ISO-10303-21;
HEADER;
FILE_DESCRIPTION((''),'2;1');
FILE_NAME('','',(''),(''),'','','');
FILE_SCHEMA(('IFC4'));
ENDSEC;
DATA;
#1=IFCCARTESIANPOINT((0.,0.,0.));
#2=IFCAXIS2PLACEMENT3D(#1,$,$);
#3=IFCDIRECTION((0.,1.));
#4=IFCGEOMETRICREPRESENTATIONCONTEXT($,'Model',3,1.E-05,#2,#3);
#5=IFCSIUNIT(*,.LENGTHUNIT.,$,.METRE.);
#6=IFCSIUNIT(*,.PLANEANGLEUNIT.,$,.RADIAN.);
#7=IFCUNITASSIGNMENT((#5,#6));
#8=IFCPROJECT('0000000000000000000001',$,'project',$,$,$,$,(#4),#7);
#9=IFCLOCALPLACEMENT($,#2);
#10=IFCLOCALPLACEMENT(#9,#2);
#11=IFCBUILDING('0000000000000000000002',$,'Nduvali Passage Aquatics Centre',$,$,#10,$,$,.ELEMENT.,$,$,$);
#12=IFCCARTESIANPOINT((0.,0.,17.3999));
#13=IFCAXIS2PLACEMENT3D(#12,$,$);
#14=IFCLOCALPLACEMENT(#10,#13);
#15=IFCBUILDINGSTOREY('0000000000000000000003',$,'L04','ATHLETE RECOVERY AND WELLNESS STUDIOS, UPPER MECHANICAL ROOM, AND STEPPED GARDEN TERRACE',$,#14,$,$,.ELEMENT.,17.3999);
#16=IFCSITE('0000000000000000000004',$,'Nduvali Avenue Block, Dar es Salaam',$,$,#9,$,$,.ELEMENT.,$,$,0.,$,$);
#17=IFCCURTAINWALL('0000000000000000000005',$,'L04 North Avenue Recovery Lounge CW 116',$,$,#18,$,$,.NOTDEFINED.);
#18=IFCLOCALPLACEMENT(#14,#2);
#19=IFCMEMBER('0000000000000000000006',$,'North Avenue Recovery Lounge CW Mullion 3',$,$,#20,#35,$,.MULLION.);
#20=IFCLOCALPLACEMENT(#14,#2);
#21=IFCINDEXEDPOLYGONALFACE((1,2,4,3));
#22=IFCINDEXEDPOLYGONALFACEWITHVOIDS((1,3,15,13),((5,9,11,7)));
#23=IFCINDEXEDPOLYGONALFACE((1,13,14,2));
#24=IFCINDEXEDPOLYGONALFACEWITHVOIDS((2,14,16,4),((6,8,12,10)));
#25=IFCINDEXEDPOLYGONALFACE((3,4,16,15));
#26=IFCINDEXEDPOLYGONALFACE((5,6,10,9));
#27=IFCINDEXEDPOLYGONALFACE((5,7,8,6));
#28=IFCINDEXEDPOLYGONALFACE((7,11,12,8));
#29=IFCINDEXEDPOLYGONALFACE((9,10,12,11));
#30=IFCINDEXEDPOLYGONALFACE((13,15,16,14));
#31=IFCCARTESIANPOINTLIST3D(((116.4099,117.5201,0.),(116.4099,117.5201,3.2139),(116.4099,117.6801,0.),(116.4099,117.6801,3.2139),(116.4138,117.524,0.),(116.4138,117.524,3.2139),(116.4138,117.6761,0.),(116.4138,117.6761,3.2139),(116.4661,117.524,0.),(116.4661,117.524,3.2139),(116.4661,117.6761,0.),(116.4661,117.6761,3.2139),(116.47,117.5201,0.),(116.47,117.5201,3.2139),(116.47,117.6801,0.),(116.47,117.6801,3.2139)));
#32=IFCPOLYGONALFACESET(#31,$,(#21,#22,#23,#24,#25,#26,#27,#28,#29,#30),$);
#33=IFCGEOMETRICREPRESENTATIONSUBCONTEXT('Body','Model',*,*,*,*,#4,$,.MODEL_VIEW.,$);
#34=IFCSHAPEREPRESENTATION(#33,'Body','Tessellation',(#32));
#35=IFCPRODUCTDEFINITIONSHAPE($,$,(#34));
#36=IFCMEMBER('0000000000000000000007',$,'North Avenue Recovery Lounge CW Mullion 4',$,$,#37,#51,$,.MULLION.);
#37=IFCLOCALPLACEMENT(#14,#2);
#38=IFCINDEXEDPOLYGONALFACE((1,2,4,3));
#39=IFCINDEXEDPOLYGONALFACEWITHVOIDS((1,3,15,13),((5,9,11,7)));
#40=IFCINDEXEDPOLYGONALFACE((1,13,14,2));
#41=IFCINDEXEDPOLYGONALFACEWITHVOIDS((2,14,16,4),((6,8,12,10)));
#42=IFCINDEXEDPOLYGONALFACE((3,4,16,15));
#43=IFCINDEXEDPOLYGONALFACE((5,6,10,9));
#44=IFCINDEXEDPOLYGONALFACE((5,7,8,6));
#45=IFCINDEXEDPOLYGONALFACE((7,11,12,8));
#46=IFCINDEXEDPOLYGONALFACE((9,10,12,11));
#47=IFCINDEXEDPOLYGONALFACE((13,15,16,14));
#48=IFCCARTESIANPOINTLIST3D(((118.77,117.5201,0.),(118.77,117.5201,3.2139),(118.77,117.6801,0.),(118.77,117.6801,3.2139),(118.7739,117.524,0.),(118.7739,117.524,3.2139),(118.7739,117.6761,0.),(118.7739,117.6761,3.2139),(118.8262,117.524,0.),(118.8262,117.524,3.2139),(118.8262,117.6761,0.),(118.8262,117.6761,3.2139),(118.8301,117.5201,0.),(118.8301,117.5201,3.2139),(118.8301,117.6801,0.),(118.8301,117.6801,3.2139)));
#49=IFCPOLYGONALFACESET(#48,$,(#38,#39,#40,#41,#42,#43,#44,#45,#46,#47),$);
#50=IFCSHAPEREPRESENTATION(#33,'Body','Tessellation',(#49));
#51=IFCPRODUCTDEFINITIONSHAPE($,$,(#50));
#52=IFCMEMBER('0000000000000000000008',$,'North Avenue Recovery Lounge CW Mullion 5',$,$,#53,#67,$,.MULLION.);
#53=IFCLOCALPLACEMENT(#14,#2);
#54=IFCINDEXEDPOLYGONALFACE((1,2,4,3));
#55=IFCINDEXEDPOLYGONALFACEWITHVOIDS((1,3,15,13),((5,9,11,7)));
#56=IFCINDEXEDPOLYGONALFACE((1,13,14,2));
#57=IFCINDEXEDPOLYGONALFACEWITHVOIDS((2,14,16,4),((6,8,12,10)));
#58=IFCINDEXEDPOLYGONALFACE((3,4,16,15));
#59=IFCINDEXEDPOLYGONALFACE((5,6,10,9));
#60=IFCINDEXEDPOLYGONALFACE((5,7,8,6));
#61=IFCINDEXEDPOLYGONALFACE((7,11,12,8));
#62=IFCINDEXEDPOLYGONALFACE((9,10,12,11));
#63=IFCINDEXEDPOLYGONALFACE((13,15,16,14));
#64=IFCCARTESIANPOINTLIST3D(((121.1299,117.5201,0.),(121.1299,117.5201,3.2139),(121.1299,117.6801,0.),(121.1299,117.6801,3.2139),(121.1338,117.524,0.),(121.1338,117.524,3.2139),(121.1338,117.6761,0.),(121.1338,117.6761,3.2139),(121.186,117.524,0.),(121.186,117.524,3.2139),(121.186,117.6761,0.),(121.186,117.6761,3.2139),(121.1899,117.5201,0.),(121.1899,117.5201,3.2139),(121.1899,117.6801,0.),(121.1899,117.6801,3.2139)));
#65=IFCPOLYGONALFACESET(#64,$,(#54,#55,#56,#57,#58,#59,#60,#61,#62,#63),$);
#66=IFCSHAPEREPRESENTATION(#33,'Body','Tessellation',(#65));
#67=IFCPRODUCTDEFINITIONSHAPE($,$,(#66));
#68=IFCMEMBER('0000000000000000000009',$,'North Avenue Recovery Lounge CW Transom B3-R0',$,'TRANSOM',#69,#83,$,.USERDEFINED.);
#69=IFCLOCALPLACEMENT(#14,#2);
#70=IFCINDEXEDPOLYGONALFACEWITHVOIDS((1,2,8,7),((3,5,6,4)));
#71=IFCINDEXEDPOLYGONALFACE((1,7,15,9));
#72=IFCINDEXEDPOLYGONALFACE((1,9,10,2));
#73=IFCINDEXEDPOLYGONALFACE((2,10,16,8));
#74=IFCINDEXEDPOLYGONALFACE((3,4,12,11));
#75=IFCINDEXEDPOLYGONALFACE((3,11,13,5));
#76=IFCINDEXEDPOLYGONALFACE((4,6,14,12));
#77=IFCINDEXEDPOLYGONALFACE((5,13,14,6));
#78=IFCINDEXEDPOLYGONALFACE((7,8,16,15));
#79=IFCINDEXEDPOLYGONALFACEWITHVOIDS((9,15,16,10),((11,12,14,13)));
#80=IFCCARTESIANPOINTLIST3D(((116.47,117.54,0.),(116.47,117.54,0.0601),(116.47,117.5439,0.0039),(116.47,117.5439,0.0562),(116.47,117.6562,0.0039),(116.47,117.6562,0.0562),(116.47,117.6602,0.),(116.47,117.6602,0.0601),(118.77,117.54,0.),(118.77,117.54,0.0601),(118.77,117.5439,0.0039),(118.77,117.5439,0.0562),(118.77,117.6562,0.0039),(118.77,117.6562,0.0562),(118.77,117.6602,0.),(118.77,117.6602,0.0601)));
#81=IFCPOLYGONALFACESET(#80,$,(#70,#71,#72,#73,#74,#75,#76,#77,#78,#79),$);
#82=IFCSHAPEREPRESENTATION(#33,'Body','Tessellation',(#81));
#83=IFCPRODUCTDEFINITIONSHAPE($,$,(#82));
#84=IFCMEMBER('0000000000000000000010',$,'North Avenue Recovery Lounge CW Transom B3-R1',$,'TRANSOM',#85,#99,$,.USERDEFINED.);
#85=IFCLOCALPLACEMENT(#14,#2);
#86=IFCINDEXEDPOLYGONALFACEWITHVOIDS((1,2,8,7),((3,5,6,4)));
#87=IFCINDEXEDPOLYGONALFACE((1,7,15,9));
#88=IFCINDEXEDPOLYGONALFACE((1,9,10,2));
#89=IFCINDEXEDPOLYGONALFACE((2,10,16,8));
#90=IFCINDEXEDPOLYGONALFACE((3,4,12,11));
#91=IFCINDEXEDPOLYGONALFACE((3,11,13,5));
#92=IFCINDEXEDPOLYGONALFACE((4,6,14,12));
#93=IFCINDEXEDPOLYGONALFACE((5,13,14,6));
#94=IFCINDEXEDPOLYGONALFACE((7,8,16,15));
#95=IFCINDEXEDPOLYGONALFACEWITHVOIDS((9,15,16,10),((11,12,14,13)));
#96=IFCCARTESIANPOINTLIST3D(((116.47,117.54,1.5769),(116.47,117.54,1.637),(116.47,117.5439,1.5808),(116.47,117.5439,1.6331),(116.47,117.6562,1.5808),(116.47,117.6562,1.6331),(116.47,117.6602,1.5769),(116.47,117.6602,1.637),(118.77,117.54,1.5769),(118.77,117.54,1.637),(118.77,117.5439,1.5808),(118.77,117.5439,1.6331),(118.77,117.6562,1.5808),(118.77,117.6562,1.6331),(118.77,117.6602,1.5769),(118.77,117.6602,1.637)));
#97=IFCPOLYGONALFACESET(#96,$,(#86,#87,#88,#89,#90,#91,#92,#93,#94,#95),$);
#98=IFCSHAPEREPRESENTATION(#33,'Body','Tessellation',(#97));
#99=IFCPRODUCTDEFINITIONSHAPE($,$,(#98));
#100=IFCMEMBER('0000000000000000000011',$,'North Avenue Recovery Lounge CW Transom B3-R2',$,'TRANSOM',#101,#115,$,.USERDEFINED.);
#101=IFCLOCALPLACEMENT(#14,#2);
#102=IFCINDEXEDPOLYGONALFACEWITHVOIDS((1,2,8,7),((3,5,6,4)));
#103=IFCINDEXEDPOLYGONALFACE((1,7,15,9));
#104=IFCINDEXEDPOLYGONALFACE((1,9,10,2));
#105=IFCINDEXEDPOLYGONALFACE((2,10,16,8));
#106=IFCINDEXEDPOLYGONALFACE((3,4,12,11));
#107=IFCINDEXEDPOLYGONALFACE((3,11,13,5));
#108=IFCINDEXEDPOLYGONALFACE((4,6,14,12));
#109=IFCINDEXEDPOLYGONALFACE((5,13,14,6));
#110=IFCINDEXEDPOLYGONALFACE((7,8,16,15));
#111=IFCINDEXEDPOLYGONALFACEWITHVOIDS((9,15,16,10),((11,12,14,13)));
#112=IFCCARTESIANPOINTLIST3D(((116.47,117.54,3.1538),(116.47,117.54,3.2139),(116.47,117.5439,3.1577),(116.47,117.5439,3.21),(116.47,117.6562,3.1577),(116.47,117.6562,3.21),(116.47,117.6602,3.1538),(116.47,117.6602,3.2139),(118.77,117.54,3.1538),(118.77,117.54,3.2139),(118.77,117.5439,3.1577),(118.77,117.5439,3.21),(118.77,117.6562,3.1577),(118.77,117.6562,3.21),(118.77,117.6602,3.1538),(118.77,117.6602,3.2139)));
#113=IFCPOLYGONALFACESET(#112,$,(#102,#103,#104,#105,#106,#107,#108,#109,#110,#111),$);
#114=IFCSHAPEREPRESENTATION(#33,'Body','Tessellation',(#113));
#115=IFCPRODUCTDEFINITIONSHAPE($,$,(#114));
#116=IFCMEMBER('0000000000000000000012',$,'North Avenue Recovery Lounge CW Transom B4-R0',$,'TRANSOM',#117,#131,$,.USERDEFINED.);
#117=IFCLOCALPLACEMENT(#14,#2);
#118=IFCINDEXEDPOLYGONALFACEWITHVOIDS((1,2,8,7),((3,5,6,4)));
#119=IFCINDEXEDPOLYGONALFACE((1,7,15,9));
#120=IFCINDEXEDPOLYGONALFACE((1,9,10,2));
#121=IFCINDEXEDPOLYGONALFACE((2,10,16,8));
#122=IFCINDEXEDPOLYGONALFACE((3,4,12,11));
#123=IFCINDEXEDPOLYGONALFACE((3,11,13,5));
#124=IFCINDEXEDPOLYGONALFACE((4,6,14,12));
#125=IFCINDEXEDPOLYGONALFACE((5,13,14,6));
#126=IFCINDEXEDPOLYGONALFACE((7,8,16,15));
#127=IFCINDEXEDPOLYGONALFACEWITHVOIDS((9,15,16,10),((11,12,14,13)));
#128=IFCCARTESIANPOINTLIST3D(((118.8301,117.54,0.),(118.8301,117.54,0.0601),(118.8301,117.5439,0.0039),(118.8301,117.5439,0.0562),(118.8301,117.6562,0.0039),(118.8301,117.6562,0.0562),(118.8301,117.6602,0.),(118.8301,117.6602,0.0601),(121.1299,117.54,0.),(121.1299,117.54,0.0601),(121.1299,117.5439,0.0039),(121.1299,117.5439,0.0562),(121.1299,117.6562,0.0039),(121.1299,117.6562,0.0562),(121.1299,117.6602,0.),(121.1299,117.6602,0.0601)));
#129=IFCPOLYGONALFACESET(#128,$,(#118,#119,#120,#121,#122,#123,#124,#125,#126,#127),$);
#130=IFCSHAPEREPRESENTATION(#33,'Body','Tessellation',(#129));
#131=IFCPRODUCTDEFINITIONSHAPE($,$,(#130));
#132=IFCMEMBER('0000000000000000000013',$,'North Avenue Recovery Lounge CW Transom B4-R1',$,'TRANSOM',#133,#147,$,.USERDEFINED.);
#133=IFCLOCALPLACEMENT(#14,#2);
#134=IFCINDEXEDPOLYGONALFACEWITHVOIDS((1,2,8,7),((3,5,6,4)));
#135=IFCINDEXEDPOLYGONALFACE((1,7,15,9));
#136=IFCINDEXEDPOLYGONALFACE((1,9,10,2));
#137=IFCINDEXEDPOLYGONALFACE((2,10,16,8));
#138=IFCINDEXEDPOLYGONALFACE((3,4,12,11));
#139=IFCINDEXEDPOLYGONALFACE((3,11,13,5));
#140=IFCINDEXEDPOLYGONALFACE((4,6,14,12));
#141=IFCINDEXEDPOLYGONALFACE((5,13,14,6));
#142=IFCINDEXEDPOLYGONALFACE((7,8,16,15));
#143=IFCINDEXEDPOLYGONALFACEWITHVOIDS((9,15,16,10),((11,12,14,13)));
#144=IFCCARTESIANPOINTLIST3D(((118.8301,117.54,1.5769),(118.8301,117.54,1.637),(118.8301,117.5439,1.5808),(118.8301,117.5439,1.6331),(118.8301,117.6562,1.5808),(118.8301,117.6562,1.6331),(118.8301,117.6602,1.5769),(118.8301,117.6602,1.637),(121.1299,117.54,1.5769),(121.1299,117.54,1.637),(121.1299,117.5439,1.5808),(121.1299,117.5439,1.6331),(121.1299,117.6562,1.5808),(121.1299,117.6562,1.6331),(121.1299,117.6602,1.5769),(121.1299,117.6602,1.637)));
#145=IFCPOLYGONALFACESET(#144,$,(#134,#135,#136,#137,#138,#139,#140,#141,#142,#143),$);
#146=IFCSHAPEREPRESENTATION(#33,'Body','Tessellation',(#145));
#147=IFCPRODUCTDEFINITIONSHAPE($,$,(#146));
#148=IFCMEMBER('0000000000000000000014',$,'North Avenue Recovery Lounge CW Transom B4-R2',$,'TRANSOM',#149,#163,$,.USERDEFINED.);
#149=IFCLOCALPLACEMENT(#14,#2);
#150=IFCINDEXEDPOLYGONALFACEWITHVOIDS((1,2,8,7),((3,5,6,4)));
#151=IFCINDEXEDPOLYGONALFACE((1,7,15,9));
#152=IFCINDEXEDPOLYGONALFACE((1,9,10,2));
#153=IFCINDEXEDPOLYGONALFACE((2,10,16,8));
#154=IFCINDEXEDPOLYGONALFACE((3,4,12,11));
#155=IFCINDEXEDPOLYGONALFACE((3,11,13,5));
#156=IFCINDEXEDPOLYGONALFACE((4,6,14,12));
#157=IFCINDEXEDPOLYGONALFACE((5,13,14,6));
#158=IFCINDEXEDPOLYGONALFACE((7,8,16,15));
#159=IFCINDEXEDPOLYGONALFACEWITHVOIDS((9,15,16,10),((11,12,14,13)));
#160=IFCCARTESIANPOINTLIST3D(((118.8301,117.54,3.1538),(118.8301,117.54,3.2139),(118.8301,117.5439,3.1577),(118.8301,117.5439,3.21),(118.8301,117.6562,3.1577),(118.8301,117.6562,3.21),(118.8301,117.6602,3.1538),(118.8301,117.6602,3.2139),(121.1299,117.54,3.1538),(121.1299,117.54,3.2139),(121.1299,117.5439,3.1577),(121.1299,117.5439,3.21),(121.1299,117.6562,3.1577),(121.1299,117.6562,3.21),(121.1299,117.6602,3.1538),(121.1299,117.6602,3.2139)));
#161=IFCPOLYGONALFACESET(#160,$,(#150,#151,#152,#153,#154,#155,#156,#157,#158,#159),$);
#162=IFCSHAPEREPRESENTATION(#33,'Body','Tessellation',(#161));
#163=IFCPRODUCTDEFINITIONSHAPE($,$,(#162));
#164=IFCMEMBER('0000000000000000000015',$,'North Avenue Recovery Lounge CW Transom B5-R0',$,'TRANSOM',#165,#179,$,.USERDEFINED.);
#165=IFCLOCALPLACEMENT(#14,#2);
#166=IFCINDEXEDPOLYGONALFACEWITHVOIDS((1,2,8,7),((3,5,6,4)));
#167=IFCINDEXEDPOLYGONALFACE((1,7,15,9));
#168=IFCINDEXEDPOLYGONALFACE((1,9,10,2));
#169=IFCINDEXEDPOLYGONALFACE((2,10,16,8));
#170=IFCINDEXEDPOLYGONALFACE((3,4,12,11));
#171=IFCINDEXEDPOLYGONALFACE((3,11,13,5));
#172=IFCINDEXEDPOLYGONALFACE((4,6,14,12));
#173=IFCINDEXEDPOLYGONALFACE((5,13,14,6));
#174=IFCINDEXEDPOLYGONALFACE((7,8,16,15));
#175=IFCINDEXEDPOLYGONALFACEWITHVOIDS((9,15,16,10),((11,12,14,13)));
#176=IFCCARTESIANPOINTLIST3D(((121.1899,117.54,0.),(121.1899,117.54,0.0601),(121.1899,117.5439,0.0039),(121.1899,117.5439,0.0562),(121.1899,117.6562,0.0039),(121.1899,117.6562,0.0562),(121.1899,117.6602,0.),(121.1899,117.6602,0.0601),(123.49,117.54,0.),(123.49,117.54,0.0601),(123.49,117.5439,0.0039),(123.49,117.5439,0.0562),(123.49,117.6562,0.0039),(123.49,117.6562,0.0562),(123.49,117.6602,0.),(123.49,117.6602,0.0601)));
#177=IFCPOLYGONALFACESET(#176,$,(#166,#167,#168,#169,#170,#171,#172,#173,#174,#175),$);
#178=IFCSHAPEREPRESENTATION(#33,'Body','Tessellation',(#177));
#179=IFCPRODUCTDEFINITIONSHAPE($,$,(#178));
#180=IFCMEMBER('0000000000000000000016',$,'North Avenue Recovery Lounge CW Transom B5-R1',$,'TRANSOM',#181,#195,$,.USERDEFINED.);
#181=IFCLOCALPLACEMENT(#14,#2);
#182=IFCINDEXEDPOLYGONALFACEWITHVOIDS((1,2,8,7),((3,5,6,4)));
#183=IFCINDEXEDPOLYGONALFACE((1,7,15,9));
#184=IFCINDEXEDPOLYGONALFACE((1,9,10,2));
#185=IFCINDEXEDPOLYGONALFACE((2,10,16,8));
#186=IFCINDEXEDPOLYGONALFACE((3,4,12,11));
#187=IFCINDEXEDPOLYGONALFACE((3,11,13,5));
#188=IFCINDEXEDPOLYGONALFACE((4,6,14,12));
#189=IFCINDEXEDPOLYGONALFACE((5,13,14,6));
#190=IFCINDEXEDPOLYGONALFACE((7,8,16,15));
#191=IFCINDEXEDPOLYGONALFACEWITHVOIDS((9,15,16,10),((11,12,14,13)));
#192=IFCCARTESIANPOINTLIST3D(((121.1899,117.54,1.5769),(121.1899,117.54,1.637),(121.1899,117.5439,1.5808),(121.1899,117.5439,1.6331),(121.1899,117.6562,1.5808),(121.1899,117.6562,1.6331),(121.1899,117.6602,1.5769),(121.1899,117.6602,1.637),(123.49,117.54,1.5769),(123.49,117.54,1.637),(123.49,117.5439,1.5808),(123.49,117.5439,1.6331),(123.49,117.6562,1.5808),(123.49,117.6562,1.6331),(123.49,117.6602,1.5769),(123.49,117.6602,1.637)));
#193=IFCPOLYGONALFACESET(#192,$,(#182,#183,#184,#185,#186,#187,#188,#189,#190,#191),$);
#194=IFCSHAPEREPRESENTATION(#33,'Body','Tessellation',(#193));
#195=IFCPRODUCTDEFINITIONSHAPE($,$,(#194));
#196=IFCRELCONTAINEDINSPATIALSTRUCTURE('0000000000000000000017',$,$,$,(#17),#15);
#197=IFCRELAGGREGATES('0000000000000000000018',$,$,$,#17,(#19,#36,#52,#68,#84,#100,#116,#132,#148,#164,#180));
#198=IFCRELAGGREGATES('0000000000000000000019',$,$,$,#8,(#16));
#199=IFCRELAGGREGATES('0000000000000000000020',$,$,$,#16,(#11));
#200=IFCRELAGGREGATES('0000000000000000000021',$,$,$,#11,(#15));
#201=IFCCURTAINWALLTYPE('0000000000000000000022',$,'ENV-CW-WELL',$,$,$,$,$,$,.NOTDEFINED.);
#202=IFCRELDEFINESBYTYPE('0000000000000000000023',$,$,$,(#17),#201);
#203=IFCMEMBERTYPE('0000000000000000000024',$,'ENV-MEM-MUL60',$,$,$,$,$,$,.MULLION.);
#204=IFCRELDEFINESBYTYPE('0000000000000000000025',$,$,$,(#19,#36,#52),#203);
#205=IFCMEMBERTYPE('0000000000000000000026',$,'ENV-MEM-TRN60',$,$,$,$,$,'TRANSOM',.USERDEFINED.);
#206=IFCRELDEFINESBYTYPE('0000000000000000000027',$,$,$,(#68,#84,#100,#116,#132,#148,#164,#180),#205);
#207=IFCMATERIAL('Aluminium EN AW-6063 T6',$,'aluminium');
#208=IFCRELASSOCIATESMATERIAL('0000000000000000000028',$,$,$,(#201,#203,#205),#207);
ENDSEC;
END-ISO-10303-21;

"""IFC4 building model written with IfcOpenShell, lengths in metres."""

from ifc_helpers import new_model, si_unit, direction, frame, origin, origin_2d, place, context, subcontext, project, spatial, hollow_rectangle, extrude, material, material_profile, profile_set, type_object, element, aggregate, save


model = new_model("IFC4")

# Units and contexts
model_context = context("Model", 3, precision=1e-05, world=origin(), true_north=direction((0.0, 1.0)))
body_context = subcontext(model_context, "Body", "Model", "MODEL_VIEW")
ifc_project = project(units=[si_unit("LENGTHUNIT", "METRE"), si_unit("PLANEANGLEUNIT", "RADIAN")], contexts=[model_context])

# Site, building, storey
site_placement = place(None, origin())
site = spatial("IfcSite", under=ifc_project, at=site_placement, Name="Nduvali Avenue Block, Dar es Salaam", CompositionType="ELEMENT", RefElevation=0.0)
building_placement = place(site_placement, origin())
building = spatial("IfcBuilding", under=site, at=building_placement, Name="Nduvali Passage Aquatics Centre", CompositionType="ELEMENT")
storey_placement = place(building_placement, frame((0.0, 0.0, 17.3999)))
storey = spatial("IfcBuildingStorey", under=building, at=storey_placement, Name="L04", Description="ATHLETE RECOVERY AND WELLNESS STUDIOS, UPPER MECHANICAL ROOM, AND STEPPED GARDEN TERRACE", CompositionType="ELEMENT", Elevation=17.3999)

# Curtain wall, members
ifc_material_1 = material(Name="Aluminium EN AW-6063 T6", Category="aluminium")
curtain_wall_type = type_object("IfcCurtainWallType", Name="ENV-CW-WELL", PredefinedType="NOTDEFINED", material=ifc_material_1)
curtain_wall_placement = place(storey_placement, origin())
curtain_wall = element("IfcCurtainWall", 1, at=curtain_wall_placement, inside=storey, type_object=curtain_wall_type, Name="L04 North Avenue Recovery Lounge CW 116", PredefinedType="NOTDEFINED")
ifc_material_profile_1 = material_profile(ifc_material_1, hollow_rectangle(XDim=0.0601, YDim=0.1599, WallThickness=0.0039, at=origin_2d()), Name="ALU MULLION 60x160x4")
ifc_profile_set_1 = profile_set([ifc_material_profile_1], Name="Aluminium EN AW-6063 T6")
member_type_1 = type_object("IfcMemberType", Name="ENV-MEM-MUL60", PredefinedType="MULLION", material=ifc_profile_set_1)
member_1_placement = place(storey_placement, frame((116.4399, 117.6001, 0.0), z_axis=(0.0, 0.0, 1.0), x_axis=(1.0, 0.0, 0.0)))
member_1 = element("IfcMember", 2, at=member_1_placement, type_object=member_type_1, Name="North Avenue Recovery Lounge CW Mullion 3", PredefinedType="MULLION", context=body_context, shape_type="SweptSolid", body=[
    extrude(hollow_rectangle(XDim=0.0601, YDim=0.1599, WallThickness=0.0039, at=origin_2d()), origin(), (0.0, 0.0, 1.0), 3.2139),
])
member_2_placement = place(storey_placement, frame((118.8, 117.6001, 0.0), z_axis=(0.0, 0.0, 1.0), x_axis=(1.0, 0.0, 0.0)))
member_2 = element("IfcMember", 3, at=member_2_placement, type_object=member_type_1, Name="North Avenue Recovery Lounge CW Mullion 4", PredefinedType="MULLION", context=body_context, shape_type="SweptSolid", body=[
    extrude(hollow_rectangle(XDim=0.0601, YDim=0.1599, WallThickness=0.0039, at=origin_2d()), origin(), (0.0, 0.0, 1.0), 3.2139),
])
member_3_placement = place(storey_placement, frame((121.1599, 117.6001, 0.0), z_axis=(0.0, 0.0, 1.0), x_axis=(1.0, 0.0, 0.0)))
member_3 = element("IfcMember", 4, at=member_3_placement, type_object=member_type_1, Name="North Avenue Recovery Lounge CW Mullion 5", PredefinedType="MULLION", context=body_context, shape_type="SweptSolid", body=[
    extrude(hollow_rectangle(XDim=0.0601, YDim=0.1599, WallThickness=0.0039, at=origin_2d()), origin(), (0.0, 0.0, 1.0), 3.2139),
])
ifc_material_profile_2 = material_profile(ifc_material_1, hollow_rectangle(XDim=0.1201, YDim=0.0601, WallThickness=0.0039, at=origin_2d()), Name="ALU TRANSOM 120x60x4")
ifc_profile_set_2 = profile_set([ifc_material_profile_2], Name="Aluminium EN AW-6063 T6")
member_type_2 = type_object("IfcMemberType", Name="ENV-MEM-TRN60", ElementType="TRANSOM", PredefinedType="USERDEFINED", material=ifc_profile_set_2)
member_4_placement = place(storey_placement, frame((116.47, 117.6001, 0.03), z_axis=(1.0, 0.0, 0.0), x_axis=(0.0, 1.0, 0.0)))
member_4 = element("IfcMember", 5, at=member_4_placement, type_object=member_type_2, Name="North Avenue Recovery Lounge CW Transom B3-R0", ObjectType="TRANSOM", PredefinedType="USERDEFINED", context=body_context, shape_type="SweptSolid", body=[
    extrude(hollow_rectangle(XDim=0.1201, YDim=0.0601, WallThickness=0.0039, at=origin_2d()), origin(), (0.0, 0.0, 1.0), 2.3),
])
member_5_placement = place(storey_placement, frame((116.47, 117.6001, 1.6069), z_axis=(1.0, 0.0, 0.0), x_axis=(0.0, 1.0, 0.0)))
member_5 = element("IfcMember", 6, at=member_5_placement, type_object=member_type_2, Name="North Avenue Recovery Lounge CW Transom B3-R1", ObjectType="TRANSOM", PredefinedType="USERDEFINED", context=body_context, shape_type="SweptSolid", body=[
    extrude(hollow_rectangle(XDim=0.1201, YDim=0.0601, WallThickness=0.0039, at=origin_2d()), origin(), (0.0, 0.0, 1.0), 2.3),
])
member_6_placement = place(storey_placement, frame((116.47, 117.6001, 3.1838), z_axis=(1.0, 0.0, 0.0), x_axis=(0.0, 1.0, 0.0)))
member_6 = element("IfcMember", 7, at=member_6_placement, type_object=member_type_2, Name="North Avenue Recovery Lounge CW Transom B3-R2", ObjectType="TRANSOM", PredefinedType="USERDEFINED", context=body_context, shape_type="SweptSolid", body=[
    extrude(hollow_rectangle(XDim=0.1201, YDim=0.0601, WallThickness=0.0039, at=origin_2d()), origin(), (0.0, 0.0, 1.0), 2.3),
])
member_7_placement = place(storey_placement, frame((118.8301, 117.6001, 0.03), z_axis=(1.0, 0.0, 0.0), x_axis=(0.0, 1.0, 0.0)))
member_7 = element("IfcMember", 8, at=member_7_placement, type_object=member_type_2, Name="North Avenue Recovery Lounge CW Transom B4-R0", ObjectType="TRANSOM", PredefinedType="USERDEFINED", context=body_context, shape_type="SweptSolid", body=[
    extrude(hollow_rectangle(XDim=0.1201, YDim=0.0601, WallThickness=0.0039, at=origin_2d()), origin(), (0.0, 0.0, 1.0), 2.2998),
])
member_8_placement = place(storey_placement, frame((118.8301, 117.6001, 1.6069), z_axis=(1.0, 0.0, 0.0), x_axis=(0.0, 1.0, 0.0)))
member_8 = element("IfcMember", 9, at=member_8_placement, type_object=member_type_2, Name="North Avenue Recovery Lounge CW Transom B4-R1", ObjectType="TRANSOM", PredefinedType="USERDEFINED", context=body_context, shape_type="SweptSolid", body=[
    extrude(hollow_rectangle(XDim=0.1201, YDim=0.0601, WallThickness=0.0039, at=origin_2d()), origin(), (0.0, 0.0, 1.0), 2.2998),
])
member_9_placement = place(storey_placement, frame((118.8301, 117.6001, 3.1838), z_axis=(1.0, 0.0, 0.0), x_axis=(0.0, 1.0, 0.0)))
member_9 = element("IfcMember", 10, at=member_9_placement, type_object=member_type_2, Name="North Avenue Recovery Lounge CW Transom B4-R2", ObjectType="TRANSOM", PredefinedType="USERDEFINED", context=body_context, shape_type="SweptSolid", body=[
    extrude(hollow_rectangle(XDim=0.1201, YDim=0.0601, WallThickness=0.0039, at=origin_2d()), origin(), (0.0, 0.0, 1.0), 2.2998),
])
member_10_placement = place(storey_placement, frame((121.1899, 117.6001, 0.03), z_axis=(1.0, 0.0, 0.0), x_axis=(0.0, 1.0, 0.0)))
member_10 = element("IfcMember", 11, at=member_10_placement, type_object=member_type_2, Name="North Avenue Recovery Lounge CW Transom B5-R0", ObjectType="TRANSOM", PredefinedType="USERDEFINED", context=body_context, shape_type="SweptSolid", body=[
    extrude(hollow_rectangle(XDim=0.1201, YDim=0.0601, WallThickness=0.0039, at=origin_2d()), origin(), (0.0, 0.0, 1.0), 2.3),
])
member_11_placement = place(storey_placement, frame((121.1899, 117.6001, 1.6069), z_axis=(1.0, 0.0, 0.0), x_axis=(0.0, 1.0, 0.0)))
member_11 = element("IfcMember", 12, at=member_11_placement, type_object=member_type_2, Name="North Avenue Recovery Lounge CW Transom B5-R1", ObjectType="TRANSOM", PredefinedType="USERDEFINED", context=body_context, shape_type="SweptSolid", body=[
    extrude(hollow_rectangle(XDim=0.1201, YDim=0.0601, WallThickness=0.0039, at=origin_2d()), origin(), (0.0, 0.0, 1.0), 2.3),
])

aggregate(curtain_wall, [member_1, member_2, member_3, member_4, member_5, member_6, member_7, member_8, member_9, member_10, member_11])

save(model, "model.ifc")
